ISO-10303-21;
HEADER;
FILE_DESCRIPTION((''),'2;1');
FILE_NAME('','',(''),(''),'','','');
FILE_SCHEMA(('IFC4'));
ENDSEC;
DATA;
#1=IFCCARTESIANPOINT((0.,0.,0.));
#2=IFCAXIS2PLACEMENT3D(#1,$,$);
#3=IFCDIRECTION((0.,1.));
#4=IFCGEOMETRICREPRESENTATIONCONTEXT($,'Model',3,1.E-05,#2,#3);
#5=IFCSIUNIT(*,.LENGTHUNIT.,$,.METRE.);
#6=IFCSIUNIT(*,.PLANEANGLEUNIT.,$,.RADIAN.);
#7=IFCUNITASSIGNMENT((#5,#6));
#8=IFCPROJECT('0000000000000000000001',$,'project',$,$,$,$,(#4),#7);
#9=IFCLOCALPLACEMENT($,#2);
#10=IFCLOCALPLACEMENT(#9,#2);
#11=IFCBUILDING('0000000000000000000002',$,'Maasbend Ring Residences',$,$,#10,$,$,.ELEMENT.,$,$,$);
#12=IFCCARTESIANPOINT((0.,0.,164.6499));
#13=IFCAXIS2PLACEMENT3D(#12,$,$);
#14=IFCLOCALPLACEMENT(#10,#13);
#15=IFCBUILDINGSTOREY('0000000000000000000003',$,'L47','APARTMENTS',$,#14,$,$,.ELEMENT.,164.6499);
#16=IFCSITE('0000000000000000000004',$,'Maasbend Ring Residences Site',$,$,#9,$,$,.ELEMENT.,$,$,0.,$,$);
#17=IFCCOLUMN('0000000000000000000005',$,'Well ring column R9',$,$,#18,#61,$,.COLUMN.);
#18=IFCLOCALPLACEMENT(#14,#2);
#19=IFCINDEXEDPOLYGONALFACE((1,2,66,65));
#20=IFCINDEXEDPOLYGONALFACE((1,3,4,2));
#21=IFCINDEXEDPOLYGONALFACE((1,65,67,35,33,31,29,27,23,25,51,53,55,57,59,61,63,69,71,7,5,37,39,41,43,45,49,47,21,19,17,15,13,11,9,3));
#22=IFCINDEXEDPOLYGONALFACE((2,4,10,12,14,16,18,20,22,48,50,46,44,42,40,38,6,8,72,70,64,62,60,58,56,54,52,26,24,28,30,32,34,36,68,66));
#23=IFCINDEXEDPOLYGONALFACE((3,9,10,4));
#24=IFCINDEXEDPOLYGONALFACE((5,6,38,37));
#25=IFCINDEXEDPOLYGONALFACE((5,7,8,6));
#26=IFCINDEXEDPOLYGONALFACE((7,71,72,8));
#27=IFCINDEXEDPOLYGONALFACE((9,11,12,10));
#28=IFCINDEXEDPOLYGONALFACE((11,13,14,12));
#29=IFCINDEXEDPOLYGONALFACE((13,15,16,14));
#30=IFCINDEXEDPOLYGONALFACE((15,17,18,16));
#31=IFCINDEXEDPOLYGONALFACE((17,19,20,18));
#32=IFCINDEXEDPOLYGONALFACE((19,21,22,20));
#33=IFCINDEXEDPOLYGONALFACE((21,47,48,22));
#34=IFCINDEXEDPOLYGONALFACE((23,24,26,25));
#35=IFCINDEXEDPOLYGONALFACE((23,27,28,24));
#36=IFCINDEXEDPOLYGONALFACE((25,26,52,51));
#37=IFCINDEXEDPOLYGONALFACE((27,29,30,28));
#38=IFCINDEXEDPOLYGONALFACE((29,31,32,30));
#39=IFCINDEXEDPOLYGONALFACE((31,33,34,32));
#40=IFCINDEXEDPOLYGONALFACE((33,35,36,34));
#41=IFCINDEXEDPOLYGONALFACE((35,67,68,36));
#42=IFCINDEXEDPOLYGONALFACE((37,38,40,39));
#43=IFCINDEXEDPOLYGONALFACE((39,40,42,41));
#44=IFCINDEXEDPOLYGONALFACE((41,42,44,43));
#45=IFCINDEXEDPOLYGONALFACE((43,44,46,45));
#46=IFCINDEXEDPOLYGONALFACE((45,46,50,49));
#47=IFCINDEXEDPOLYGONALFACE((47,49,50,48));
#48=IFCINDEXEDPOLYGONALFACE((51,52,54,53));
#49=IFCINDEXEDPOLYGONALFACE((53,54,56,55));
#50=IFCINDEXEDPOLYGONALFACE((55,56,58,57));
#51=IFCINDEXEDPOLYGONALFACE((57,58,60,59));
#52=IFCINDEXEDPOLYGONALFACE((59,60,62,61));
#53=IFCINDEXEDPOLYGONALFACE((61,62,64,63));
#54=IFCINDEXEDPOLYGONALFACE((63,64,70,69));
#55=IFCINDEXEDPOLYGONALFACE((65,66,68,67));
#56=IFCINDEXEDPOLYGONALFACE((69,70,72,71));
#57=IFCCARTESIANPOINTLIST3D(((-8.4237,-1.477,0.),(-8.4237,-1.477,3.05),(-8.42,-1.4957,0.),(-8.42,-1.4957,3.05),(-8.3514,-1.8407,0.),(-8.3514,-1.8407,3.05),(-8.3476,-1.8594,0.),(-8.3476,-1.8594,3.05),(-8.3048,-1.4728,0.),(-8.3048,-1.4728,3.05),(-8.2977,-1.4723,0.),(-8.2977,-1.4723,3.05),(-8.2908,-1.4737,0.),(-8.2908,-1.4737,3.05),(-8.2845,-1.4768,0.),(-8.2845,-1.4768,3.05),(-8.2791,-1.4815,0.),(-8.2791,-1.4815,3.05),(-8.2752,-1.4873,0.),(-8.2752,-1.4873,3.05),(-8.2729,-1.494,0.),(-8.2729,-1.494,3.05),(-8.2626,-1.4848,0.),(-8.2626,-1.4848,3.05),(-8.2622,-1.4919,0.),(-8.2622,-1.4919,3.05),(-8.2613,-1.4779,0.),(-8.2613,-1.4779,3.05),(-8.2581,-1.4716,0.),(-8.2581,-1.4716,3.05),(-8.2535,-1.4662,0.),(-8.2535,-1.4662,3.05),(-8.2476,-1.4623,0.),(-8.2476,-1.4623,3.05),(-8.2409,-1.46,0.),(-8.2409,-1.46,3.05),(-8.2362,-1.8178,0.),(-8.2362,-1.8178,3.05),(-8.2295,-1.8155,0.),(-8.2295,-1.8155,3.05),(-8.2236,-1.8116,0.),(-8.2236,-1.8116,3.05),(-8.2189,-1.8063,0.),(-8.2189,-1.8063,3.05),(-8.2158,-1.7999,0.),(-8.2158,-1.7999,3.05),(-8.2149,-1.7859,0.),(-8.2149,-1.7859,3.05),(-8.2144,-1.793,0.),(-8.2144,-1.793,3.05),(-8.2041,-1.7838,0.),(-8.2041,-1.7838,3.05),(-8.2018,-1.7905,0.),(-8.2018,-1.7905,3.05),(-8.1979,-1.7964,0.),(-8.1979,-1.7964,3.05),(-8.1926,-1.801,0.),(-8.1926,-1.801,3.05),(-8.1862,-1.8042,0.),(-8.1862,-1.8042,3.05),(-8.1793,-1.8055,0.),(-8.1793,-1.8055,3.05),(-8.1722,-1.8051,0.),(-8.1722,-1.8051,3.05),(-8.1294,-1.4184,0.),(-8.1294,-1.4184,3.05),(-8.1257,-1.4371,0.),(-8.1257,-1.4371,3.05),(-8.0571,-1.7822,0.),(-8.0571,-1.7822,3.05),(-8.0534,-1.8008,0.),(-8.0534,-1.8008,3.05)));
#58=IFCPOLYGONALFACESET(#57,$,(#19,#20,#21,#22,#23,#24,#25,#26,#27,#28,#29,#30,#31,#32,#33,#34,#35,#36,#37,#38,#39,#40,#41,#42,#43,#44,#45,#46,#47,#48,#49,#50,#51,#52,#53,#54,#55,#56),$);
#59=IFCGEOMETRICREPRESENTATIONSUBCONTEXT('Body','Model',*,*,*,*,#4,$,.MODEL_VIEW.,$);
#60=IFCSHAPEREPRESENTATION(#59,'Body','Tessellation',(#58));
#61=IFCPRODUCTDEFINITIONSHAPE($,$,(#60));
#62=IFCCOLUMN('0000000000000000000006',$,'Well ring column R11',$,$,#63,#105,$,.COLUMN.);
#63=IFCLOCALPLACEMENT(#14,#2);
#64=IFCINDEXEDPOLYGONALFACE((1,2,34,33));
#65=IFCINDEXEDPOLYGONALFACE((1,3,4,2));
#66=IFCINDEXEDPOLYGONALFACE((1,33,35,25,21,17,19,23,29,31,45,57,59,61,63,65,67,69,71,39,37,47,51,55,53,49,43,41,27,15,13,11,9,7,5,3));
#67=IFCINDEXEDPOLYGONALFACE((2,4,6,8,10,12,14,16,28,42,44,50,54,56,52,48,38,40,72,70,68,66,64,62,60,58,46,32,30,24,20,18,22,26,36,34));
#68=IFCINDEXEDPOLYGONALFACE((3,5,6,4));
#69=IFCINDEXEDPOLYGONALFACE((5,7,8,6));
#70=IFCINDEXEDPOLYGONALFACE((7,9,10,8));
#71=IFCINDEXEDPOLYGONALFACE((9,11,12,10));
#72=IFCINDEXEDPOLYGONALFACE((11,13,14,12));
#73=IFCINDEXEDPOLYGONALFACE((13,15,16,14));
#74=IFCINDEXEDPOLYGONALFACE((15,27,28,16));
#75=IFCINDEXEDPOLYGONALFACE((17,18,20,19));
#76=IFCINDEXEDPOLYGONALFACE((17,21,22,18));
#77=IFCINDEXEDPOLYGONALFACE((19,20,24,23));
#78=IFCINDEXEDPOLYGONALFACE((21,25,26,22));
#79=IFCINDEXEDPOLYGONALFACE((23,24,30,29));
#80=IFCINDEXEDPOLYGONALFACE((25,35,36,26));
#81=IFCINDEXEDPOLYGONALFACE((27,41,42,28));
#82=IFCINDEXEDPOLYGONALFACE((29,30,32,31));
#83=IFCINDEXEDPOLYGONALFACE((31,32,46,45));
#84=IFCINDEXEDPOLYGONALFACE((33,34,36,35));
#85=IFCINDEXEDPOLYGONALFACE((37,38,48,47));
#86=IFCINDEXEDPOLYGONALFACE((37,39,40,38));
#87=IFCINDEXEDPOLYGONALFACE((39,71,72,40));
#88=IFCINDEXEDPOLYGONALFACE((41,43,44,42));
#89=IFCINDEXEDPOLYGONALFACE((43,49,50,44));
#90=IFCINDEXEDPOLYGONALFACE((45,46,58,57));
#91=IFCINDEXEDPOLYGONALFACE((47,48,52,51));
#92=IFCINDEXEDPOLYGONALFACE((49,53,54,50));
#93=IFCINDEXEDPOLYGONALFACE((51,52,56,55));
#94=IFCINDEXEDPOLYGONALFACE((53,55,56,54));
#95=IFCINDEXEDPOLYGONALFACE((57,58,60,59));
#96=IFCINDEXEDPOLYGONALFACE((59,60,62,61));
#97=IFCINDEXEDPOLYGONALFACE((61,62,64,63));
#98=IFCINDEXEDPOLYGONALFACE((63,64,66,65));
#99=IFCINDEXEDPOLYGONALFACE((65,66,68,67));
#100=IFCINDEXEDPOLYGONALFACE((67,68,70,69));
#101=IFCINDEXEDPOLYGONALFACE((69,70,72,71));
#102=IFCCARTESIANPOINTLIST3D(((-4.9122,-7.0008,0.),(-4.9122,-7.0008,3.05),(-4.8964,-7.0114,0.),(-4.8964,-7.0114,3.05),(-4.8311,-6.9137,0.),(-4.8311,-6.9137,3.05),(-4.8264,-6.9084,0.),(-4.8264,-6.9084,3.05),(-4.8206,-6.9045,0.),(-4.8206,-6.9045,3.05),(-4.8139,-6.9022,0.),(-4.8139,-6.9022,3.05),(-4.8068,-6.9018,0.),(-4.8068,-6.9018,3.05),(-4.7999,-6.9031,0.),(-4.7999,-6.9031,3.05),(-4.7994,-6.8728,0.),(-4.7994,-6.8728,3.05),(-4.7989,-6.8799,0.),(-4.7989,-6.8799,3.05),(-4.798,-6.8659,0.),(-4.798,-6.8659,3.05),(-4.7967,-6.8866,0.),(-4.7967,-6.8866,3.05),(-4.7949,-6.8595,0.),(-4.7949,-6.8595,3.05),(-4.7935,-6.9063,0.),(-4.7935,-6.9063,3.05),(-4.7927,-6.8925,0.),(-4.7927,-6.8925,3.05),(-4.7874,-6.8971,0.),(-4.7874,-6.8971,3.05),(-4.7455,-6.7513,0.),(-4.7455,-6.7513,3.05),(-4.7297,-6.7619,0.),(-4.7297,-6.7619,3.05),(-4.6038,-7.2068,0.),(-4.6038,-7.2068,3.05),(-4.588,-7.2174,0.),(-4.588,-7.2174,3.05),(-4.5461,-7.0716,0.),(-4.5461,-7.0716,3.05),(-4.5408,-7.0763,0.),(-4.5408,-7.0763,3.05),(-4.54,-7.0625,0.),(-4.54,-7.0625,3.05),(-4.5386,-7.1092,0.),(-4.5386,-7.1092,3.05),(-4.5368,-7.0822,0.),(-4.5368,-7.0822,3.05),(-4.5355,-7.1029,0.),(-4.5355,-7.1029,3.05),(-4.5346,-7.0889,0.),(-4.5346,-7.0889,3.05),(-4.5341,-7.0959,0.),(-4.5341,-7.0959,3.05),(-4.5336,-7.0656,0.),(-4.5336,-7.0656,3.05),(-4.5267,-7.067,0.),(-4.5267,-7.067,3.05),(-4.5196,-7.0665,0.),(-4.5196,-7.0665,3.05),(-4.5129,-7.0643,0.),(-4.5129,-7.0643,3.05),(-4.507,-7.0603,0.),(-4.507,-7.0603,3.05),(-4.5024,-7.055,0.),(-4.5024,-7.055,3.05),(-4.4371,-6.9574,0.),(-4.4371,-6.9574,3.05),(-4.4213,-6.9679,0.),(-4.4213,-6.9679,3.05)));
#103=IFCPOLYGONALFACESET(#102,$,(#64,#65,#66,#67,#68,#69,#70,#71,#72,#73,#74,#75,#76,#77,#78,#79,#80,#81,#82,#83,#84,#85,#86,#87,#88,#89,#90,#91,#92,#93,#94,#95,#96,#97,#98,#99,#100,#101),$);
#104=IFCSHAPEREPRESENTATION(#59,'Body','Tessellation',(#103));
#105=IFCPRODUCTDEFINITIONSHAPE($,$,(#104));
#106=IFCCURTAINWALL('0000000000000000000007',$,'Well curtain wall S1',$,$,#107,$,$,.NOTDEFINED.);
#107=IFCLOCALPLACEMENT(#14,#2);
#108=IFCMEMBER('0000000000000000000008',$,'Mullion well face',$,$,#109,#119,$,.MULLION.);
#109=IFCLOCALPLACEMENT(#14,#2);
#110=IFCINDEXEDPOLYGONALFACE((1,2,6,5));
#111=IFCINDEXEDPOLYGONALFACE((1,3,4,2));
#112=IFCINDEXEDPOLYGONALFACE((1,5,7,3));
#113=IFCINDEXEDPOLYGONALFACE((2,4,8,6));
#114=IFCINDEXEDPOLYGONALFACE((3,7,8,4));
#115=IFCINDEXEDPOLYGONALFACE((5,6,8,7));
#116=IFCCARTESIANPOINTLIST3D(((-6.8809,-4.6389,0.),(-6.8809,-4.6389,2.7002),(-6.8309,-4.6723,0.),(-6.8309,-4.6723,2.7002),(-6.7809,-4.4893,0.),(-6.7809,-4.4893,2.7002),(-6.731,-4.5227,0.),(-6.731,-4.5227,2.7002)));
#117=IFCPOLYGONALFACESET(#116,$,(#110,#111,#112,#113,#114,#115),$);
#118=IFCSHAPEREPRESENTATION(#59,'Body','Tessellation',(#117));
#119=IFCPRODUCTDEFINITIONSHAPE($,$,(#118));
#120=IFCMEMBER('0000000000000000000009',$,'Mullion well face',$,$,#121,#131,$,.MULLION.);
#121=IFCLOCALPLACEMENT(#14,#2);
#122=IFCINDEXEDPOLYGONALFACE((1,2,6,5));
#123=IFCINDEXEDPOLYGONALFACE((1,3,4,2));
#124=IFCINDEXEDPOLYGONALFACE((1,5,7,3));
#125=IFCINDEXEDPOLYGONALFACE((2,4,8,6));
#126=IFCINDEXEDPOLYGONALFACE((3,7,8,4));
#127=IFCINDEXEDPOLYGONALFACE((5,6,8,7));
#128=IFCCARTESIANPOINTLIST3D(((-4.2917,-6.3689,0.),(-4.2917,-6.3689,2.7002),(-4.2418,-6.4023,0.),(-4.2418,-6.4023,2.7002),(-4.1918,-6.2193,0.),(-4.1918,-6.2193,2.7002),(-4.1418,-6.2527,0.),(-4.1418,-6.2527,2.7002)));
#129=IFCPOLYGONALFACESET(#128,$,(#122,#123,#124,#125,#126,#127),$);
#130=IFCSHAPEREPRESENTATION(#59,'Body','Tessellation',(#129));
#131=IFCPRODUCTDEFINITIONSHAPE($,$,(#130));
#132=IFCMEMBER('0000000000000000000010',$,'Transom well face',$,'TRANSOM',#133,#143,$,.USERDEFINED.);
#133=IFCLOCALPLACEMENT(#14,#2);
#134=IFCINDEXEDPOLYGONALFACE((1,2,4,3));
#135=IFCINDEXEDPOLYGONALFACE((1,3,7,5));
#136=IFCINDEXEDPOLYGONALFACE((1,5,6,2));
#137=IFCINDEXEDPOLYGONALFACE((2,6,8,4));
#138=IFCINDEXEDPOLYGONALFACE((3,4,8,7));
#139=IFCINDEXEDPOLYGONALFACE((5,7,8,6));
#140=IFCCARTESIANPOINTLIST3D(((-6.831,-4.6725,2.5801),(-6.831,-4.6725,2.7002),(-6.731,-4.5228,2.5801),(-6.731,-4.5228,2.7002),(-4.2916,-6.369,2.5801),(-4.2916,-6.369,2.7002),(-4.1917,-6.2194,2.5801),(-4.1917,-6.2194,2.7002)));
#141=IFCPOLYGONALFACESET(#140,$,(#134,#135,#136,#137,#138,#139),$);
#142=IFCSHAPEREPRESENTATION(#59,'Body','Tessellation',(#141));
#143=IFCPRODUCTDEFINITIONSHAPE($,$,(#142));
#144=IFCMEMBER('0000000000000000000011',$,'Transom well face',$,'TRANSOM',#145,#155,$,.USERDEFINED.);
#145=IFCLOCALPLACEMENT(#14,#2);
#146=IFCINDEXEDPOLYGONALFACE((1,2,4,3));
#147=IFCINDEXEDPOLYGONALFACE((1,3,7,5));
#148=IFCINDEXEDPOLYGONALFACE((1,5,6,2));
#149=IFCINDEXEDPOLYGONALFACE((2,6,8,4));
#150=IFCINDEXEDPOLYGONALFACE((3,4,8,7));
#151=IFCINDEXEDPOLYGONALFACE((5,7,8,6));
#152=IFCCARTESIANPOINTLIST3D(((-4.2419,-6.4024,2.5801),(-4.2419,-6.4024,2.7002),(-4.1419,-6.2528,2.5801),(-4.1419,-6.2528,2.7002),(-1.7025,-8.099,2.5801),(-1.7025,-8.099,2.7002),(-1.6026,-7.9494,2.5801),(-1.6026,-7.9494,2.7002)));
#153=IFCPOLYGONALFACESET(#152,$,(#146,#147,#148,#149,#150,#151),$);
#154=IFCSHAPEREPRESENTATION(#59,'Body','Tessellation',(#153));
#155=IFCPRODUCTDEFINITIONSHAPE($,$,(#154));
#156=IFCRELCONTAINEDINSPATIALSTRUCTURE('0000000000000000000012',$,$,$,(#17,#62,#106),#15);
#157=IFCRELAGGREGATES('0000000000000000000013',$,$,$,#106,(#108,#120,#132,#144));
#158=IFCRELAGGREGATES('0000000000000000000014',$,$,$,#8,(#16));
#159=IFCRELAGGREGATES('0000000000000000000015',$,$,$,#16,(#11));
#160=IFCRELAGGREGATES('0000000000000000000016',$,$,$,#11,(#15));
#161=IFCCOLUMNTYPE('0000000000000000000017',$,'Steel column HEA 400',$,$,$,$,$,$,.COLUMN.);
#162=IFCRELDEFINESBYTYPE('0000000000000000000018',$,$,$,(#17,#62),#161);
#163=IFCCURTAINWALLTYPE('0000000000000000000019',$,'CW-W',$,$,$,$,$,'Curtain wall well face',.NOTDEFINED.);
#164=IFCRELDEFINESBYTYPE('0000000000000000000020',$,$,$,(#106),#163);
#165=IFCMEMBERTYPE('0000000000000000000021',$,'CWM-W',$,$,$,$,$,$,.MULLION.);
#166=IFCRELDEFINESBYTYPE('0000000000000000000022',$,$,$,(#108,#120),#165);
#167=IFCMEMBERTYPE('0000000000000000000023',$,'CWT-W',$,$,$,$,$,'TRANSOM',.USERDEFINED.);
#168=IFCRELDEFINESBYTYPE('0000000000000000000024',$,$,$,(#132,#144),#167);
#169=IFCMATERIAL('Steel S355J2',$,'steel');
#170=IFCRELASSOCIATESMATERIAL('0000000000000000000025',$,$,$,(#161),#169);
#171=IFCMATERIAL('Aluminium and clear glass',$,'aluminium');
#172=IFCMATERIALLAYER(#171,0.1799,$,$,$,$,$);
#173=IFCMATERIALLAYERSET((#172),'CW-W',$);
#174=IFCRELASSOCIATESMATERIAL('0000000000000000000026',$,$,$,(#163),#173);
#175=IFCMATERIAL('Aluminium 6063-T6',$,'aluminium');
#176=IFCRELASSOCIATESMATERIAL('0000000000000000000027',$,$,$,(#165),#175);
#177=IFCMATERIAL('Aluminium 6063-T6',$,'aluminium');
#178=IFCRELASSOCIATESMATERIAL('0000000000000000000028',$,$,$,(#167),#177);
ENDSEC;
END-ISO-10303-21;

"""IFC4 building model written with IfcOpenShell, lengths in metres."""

from ifc_helpers import new_model, si_unit, direction, frame, origin, origin_2d, place, context, subcontext, project, spatial, rectangle, i_section, extrude, material, layer, layer_set, material_profile, profile_set, type_object, element, aggregate, save


model = new_model("IFC4")

# Units and contexts
model_context = context("Model", 3, precision=1e-05, world=origin(), true_north=direction((0.0, 1.0)))
body_context = subcontext(model_context, "Body", "Model", "MODEL_VIEW")
ifc_project = project(units=[si_unit("LENGTHUNIT", "METRE"), si_unit("PLANEANGLEUNIT", "RADIAN")], contexts=[model_context])

# Site, building, storey
site_placement = place(None, origin())
site = spatial("IfcSite", under=ifc_project, at=site_placement, Name="Maasbend Ring Residences Site", CompositionType="ELEMENT", RefElevation=0.0)
building_placement = place(site_placement, origin())
building = spatial("IfcBuilding", under=site, at=building_placement, Name="Maasbend Ring Residences", CompositionType="ELEMENT")
storey_placement = place(building_placement, frame((0.0, 0.0, 164.6499)))
storey = spatial("IfcBuildingStorey", under=building, at=storey_placement, Name="L47", Description="APARTMENTS", CompositionType="ELEMENT", Elevation=164.6499)

# Columns
ifc_material_1 = material(Name="Steel S355J2", Category="steel")
ifc_material_profile_1 = material_profile(ifc_material_1, i_section(OverallWidth=0.3, OverallDepth=0.3899, WebThickness=0.011, FlangeThickness=0.019, FilletRadius=0.0271, at=origin_2d()), Name="HEA 400")
ifc_profile_set_1 = profile_set([ifc_material_profile_1], Name="Steel S355J2")
column_type = type_object("IfcColumnType", Name="Steel column HEA 400", PredefinedType="COLUMN", material=ifc_profile_set_1)
for number, where, z_axis, x_axis, name in (
    (1, (-8.2385, -1.6389, 0.0), (0.0, 0.0, 1.0), (-0.980785, -0.19509, 0.0), "Well ring column R9"),
    (2, (-4.6667, -6.9844, 0.0), (0.0, 0.0, 1.0), (-0.55557, -0.83147, 0.0), "Well ring column R11"),
):
    element("IfcColumn", number, at=place(storey_placement, frame(where, z_axis=z_axis, x_axis=x_axis)), inside=storey, type_object=column_type, Name=name, PredefinedType="COLUMN", context=body_context, shape_type="SweptSolid", body=[
        extrude(i_section(OverallWidth=0.3, OverallDepth=0.3899, WebThickness=0.011, FlangeThickness=0.019, FilletRadius=0.0271, at=origin_2d()), origin(), (0.0, 0.0, 1.0), 3.05),
    ])

# Curtain wall, members
ifc_material_2 = material(Name="Aluminium and clear glass", Category="aluminium")
ifc_layer_1 = layer(ifc_material_2, 0.1799)
ifc_layer_set_1 = layer_set([ifc_layer_1], Name="CW-W")
curtain_wall_type = type_object("IfcCurtainWallType", Name="CW-W", ElementType="Curtain wall well face", PredefinedType="NOTDEFINED", material=ifc_layer_set_1)
curtain_wall_placement = place(storey_placement, origin())
curtain_wall = element("IfcCurtainWall", 3, at=curtain_wall_placement, inside=storey, type_object=curtain_wall_type, Name="Well curtain wall S1", PredefinedType="NOTDEFINED")
ifc_material_3 = material(Name="Aluminium 6063-T6", Category="aluminium")
ifc_material_profile_2 = material_profile(ifc_material_3, rectangle(XDim=0.1799, YDim=0.0601, at=origin_2d()), Name="AL 180x60")
ifc_profile_set_2 = profile_set([ifc_material_profile_2], Name="Aluminium 6063-T6")
member_type_1 = type_object("IfcMemberType", Name="CWM-W", PredefinedType="MULLION", material=ifc_profile_set_2)
member_1_placement = place(storey_placement, frame((-6.8059, -4.5808, 0.0), z_axis=(0.0, 0.0, 1.0), x_axis=(0.55557, 0.83147, 0.0)))
member_1 = element("IfcMember", 4, at=member_1_placement, type_object=member_type_1, Name="Mullion well face", PredefinedType="MULLION", context=body_context, shape_type="SweptSolid", body=[
    extrude(rectangle(XDim=0.1799, YDim=0.0601, at=origin_2d()), origin(), (0.0, 0.0, 1.0), 2.7002),
])
member_2_placement = place(storey_placement, frame((-4.2168, -6.3108, 0.0), z_axis=(0.0, 0.0, 1.0), x_axis=(0.55557, 0.83147, 0.0)))
member_2 = element("IfcMember", 5, at=member_2_placement, type_object=member_type_1, Name="Mullion well face", PredefinedType="MULLION", context=body_context, shape_type="SweptSolid", body=[
    extrude(rectangle(XDim=0.1799, YDim=0.0601, at=origin_2d()), origin(), (0.0, 0.0, 1.0), 2.7002),
])
ifc_material_4 = material(Name="Aluminium 6063-T6", Category="aluminium")
ifc_material_profile_3 = material_profile(ifc_material_4, rectangle(XDim=0.1799, YDim=0.1201, at=origin_2d()), Name="AL 180x120")
ifc_profile_set_3 = profile_set([ifc_material_profile_3], Name="Aluminium 6063-T6")
member_type_2 = type_object("IfcMemberType", Name="CWT-W", ElementType="TRANSOM", PredefinedType="USERDEFINED", material=ifc_profile_set_3)
member_3_placement = place(storey_placement, frame((-6.781, -4.5977, 2.6401), z_axis=(0.831496, -0.55553, 0.0), x_axis=(0.55553, 0.831496, 0.0)))
member_3 = element("IfcMember", 6, at=member_3_placement, type_object=member_type_2, Name="Transom well face", ObjectType="TRANSOM", PredefinedType="USERDEFINED", context=body_context, shape_type="SweptSolid", body=[
    extrude(rectangle(XDim=0.1799, YDim=0.1201, at=origin_2d()), origin(), (0.0, 0.0, 1.0), 3.054),
])
member_4_placement = place(storey_placement, frame((-4.1919, -6.3276, 2.6401), z_axis=(0.831496, -0.55553, 0.0), x_axis=(0.55553, 0.831496, 0.0)))
member_4 = element("IfcMember", 7, at=member_4_placement, type_object=member_type_2, Name="Transom well face", ObjectType="TRANSOM", PredefinedType="USERDEFINED", context=body_context, shape_type="SweptSolid", body=[
    extrude(rectangle(XDim=0.1799, YDim=0.1201, at=origin_2d()), origin(), (0.0, 0.0, 1.0), 3.054),
])

aggregate(curtain_wall, [member_1, member_2, member_3, member_4])

save(model, "model.ifc")
